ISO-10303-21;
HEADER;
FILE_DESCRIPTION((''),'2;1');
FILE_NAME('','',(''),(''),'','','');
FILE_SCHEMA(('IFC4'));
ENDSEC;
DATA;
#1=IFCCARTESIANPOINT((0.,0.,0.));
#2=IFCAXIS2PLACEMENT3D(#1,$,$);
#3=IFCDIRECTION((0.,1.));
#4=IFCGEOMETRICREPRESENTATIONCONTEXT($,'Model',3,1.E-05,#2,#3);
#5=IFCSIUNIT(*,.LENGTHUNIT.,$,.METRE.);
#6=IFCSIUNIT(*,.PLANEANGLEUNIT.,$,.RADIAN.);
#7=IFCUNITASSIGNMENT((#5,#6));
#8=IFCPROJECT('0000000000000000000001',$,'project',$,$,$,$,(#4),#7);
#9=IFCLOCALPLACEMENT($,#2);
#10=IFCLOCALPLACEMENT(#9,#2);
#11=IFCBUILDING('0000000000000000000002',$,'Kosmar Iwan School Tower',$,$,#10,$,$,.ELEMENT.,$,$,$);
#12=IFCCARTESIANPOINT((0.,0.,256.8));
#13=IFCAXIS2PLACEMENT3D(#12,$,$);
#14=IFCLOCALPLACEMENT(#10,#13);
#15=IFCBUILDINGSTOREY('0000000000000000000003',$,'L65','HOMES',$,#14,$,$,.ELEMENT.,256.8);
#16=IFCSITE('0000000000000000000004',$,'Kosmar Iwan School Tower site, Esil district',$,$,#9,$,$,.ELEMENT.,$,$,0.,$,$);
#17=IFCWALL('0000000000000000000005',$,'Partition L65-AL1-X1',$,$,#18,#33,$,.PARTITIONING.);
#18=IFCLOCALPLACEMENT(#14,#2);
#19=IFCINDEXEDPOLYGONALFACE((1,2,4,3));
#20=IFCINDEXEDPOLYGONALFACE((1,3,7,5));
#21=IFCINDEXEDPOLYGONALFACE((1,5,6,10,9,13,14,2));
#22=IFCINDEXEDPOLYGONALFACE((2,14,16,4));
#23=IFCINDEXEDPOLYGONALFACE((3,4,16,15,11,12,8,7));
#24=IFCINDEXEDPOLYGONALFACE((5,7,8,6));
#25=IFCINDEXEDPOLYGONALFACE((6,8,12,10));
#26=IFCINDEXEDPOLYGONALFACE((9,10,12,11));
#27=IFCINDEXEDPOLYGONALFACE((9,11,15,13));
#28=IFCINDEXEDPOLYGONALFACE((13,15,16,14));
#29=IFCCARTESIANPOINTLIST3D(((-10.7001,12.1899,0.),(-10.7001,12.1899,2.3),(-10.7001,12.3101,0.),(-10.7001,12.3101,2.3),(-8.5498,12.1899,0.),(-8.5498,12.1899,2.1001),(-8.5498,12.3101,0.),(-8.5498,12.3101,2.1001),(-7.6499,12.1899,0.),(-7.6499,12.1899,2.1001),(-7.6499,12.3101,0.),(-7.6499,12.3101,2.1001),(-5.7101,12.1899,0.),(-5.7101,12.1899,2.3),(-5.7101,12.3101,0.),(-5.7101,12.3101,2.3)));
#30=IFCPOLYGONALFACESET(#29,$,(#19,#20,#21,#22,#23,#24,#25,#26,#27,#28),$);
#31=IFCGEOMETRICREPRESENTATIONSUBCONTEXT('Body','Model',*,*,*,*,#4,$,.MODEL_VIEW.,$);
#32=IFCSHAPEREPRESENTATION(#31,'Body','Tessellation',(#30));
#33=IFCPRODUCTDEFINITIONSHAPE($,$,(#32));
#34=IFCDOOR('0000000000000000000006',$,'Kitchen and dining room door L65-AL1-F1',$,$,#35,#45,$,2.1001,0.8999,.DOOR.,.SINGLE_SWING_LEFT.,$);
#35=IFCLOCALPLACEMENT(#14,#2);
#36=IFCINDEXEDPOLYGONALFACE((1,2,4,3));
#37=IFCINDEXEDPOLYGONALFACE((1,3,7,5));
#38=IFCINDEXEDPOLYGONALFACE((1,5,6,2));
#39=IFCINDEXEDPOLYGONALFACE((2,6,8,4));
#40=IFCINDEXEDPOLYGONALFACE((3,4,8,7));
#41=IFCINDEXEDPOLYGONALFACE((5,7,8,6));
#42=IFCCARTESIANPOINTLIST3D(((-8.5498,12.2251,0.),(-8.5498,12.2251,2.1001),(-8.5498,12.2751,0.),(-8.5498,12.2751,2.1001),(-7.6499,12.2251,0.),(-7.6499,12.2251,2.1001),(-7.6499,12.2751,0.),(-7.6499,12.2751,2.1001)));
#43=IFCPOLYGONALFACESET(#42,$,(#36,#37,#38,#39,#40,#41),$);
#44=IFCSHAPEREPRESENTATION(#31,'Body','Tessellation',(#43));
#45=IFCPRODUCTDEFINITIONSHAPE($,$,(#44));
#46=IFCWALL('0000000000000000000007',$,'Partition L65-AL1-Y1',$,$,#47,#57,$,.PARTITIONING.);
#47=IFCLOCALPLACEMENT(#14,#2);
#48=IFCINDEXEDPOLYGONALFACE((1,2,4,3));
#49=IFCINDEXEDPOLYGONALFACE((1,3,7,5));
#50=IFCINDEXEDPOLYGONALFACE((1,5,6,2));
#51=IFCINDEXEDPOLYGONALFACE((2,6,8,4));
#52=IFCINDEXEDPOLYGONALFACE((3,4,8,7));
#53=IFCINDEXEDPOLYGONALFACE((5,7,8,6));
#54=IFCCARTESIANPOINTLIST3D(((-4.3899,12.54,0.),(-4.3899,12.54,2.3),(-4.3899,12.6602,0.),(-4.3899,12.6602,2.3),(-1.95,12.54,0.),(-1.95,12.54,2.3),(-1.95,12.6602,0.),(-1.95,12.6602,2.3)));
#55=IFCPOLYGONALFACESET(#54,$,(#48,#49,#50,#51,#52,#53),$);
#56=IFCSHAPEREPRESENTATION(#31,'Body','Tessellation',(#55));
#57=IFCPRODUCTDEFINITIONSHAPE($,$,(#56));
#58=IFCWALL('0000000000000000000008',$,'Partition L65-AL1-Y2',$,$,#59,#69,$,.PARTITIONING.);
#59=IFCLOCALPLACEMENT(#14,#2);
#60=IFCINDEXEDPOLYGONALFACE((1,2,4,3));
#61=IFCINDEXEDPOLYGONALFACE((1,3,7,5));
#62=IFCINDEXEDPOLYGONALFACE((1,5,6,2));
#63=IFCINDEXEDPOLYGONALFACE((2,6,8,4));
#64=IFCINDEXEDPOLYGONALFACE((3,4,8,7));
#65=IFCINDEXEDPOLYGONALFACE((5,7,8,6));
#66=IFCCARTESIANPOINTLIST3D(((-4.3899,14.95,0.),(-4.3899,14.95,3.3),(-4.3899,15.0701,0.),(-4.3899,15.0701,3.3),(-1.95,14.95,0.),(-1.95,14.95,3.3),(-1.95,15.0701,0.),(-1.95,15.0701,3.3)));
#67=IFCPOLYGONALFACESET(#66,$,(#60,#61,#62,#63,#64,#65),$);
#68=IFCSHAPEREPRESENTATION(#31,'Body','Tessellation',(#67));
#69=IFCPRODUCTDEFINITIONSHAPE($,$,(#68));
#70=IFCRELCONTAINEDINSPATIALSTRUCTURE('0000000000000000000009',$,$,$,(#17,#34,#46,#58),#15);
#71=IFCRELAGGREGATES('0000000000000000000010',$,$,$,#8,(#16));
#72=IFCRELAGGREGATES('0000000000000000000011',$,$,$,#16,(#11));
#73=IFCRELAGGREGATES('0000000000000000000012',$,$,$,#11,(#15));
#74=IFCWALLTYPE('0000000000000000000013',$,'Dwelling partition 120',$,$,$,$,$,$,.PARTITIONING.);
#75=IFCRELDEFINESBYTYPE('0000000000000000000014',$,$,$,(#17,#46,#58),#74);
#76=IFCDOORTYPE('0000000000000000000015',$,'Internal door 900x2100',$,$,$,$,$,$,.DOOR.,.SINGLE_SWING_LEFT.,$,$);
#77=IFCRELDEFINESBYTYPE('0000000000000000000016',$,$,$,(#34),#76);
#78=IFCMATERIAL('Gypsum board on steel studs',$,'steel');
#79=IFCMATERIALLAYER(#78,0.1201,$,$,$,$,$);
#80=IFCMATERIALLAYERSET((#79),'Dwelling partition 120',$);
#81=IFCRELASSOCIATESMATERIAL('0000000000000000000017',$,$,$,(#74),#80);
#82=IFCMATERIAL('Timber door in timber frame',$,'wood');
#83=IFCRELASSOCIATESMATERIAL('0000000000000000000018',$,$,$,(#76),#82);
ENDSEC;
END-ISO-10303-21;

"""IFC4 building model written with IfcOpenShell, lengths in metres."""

from ifc_helpers import new_model, si_unit, direction, frame, frame_2d, origin, place, context, subcontext, project, spatial, rectangle, extrude, material, layer, layer_set, type_object, element, fill, save


model = new_model("IFC4")

# Units and contexts
model_context = context("Model", 3, precision=1e-05, world=origin(), true_north=direction((0.0, 1.0)))
body_context = subcontext(model_context, "Body", "Model", "MODEL_VIEW")
ifc_project = project(units=[si_unit("LENGTHUNIT", "METRE"), si_unit("PLANEANGLEUNIT", "RADIAN")], contexts=[model_context])

# Site, building, storey
site_placement = place(None, origin())
site = spatial("IfcSite", under=ifc_project, at=site_placement, Name="Kosmar Iwan School Tower site, Esil district", CompositionType="ELEMENT", RefElevation=0.0)
building_placement = place(site_placement, origin())
building = spatial("IfcBuilding", under=site, at=building_placement, Name="Kosmar Iwan School Tower", CompositionType="ELEMENT")
storey_placement = place(building_placement, frame((0.0, 0.0, 256.8)))
storey = spatial("IfcBuildingStorey", under=building, at=storey_placement, Name="L65", Description="HOMES", CompositionType="ELEMENT", Elevation=256.8)

# Shared definitions
ifc_material_1 = material(Name="Gypsum board on steel studs", Category="steel")
ifc_layer_1 = layer(ifc_material_1, 0.1201)
ifc_layer_set_1 = layer_set([ifc_layer_1], Name="Dwelling partition 120")
wall_type_1 = type_object("IfcWallType", Name="Dwelling partition 120", PredefinedType="PARTITIONING", material=ifc_layer_set_1)
ifc_material_2 = material(Name="Timber door in timber frame", Category="wood")
door_type_1 = type_object("IfcDoorType", Name="Internal door 900x2100", OperationType="SINGLE_SWING_LEFT", PredefinedType="DOOR", material=ifc_material_2)

# Wall, opening, door
wall_1_placement = place(storey_placement, frame((-5.71, 12.25, 0.0), z_axis=(0.0, 0.0, 1.0), x_axis=(-1.0, 0.0, 0.0)))
wall_1 = element("IfcWall", 1, at=wall_1_placement, inside=storey, type_object=wall_type_1, Name="Partition L65-AL1-X1", PredefinedType="PARTITIONING", context=body_context, shape_type="SweptSolid", body=[
    extrude(rectangle(XDim=4.99, YDim=0.1201, at=frame_2d((2.4951, 0.0))), origin(), (0.0, 0.0, 1.0), 2.3),
])
opening_1_placement = place(wall_1_placement, frame((1.9399, 0.0, 0.0)))
opening_1 = element("IfcOpeningElement", 2, at=opening_1_placement, cuts=wall_1, PredefinedType="OPENING", context=body_context, shape_type="SweptSolid", body=[
    extrude(rectangle(XDim=0.8999, YDim=2.1001, at=frame_2d((0.45, 1.05))), frame((0.0, 0.072, 0.0), z_axis=(0.0, -1.0, 0.0), x_axis=(1.0, 0.0, 0.0)), (0.0, 0.0, 1.0), 0.144),
])
door_1_placement = place(opening_1_placement, origin())
door_1 = element("IfcDoor", 3, at=door_1_placement, inside=storey, type_object=door_type_1, Name="Kitchen and dining room door L65-AL1-F1", OperationType="SINGLE_SWING_LEFT", OverallHeight=2.1001, OverallWidth=0.8999, PredefinedType="DOOR", context=body_context, shape_type="SweptSolid", body=[
    extrude(rectangle(XDim=0.8999, YDim=2.1001, at=frame_2d((0.45, 1.05))), frame((0.0, 0.0249, 0.0), z_axis=(0.0, -1.0, 0.0), x_axis=(1.0, 0.0, 0.0)), (0.0, 0.0, 1.0), 0.05),
])
fill(opening_1, door_1)

# Walls
wall_2_placement = place(storey_placement, frame((-1.95, 12.6001, 0.0), z_axis=(0.0, 0.0, 1.0), x_axis=(-1.0, 0.0, 0.0)))
element("IfcWall", 4, at=wall_2_placement, inside=storey, type_object=wall_type_1, Name="Partition L65-AL1-Y1", PredefinedType="PARTITIONING", context=body_context, shape_type="SweptSolid", body=[
    extrude(rectangle(XDim=2.4399, YDim=0.1201, at=frame_2d((1.22, 0.0))), origin(), (0.0, 0.0, 1.0), 2.3),
])
wall_3_placement = place(storey_placement, frame((-1.95, 15.01, 0.0), z_axis=(0.0, 0.0, 1.0), x_axis=(-1.0, 0.0, 0.0)))
element("IfcWall", 5, at=wall_3_placement, inside=storey, type_object=wall_type_1, Name="Partition L65-AL1-Y2", PredefinedType="PARTITIONING", context=body_context, shape_type="SweptSolid", body=[
    extrude(rectangle(XDim=2.4399, YDim=0.1201, at=frame_2d((1.22, 0.0))), origin(), (0.0, 0.0, 1.0), 3.3),
])

save(model, "model.ifc")
